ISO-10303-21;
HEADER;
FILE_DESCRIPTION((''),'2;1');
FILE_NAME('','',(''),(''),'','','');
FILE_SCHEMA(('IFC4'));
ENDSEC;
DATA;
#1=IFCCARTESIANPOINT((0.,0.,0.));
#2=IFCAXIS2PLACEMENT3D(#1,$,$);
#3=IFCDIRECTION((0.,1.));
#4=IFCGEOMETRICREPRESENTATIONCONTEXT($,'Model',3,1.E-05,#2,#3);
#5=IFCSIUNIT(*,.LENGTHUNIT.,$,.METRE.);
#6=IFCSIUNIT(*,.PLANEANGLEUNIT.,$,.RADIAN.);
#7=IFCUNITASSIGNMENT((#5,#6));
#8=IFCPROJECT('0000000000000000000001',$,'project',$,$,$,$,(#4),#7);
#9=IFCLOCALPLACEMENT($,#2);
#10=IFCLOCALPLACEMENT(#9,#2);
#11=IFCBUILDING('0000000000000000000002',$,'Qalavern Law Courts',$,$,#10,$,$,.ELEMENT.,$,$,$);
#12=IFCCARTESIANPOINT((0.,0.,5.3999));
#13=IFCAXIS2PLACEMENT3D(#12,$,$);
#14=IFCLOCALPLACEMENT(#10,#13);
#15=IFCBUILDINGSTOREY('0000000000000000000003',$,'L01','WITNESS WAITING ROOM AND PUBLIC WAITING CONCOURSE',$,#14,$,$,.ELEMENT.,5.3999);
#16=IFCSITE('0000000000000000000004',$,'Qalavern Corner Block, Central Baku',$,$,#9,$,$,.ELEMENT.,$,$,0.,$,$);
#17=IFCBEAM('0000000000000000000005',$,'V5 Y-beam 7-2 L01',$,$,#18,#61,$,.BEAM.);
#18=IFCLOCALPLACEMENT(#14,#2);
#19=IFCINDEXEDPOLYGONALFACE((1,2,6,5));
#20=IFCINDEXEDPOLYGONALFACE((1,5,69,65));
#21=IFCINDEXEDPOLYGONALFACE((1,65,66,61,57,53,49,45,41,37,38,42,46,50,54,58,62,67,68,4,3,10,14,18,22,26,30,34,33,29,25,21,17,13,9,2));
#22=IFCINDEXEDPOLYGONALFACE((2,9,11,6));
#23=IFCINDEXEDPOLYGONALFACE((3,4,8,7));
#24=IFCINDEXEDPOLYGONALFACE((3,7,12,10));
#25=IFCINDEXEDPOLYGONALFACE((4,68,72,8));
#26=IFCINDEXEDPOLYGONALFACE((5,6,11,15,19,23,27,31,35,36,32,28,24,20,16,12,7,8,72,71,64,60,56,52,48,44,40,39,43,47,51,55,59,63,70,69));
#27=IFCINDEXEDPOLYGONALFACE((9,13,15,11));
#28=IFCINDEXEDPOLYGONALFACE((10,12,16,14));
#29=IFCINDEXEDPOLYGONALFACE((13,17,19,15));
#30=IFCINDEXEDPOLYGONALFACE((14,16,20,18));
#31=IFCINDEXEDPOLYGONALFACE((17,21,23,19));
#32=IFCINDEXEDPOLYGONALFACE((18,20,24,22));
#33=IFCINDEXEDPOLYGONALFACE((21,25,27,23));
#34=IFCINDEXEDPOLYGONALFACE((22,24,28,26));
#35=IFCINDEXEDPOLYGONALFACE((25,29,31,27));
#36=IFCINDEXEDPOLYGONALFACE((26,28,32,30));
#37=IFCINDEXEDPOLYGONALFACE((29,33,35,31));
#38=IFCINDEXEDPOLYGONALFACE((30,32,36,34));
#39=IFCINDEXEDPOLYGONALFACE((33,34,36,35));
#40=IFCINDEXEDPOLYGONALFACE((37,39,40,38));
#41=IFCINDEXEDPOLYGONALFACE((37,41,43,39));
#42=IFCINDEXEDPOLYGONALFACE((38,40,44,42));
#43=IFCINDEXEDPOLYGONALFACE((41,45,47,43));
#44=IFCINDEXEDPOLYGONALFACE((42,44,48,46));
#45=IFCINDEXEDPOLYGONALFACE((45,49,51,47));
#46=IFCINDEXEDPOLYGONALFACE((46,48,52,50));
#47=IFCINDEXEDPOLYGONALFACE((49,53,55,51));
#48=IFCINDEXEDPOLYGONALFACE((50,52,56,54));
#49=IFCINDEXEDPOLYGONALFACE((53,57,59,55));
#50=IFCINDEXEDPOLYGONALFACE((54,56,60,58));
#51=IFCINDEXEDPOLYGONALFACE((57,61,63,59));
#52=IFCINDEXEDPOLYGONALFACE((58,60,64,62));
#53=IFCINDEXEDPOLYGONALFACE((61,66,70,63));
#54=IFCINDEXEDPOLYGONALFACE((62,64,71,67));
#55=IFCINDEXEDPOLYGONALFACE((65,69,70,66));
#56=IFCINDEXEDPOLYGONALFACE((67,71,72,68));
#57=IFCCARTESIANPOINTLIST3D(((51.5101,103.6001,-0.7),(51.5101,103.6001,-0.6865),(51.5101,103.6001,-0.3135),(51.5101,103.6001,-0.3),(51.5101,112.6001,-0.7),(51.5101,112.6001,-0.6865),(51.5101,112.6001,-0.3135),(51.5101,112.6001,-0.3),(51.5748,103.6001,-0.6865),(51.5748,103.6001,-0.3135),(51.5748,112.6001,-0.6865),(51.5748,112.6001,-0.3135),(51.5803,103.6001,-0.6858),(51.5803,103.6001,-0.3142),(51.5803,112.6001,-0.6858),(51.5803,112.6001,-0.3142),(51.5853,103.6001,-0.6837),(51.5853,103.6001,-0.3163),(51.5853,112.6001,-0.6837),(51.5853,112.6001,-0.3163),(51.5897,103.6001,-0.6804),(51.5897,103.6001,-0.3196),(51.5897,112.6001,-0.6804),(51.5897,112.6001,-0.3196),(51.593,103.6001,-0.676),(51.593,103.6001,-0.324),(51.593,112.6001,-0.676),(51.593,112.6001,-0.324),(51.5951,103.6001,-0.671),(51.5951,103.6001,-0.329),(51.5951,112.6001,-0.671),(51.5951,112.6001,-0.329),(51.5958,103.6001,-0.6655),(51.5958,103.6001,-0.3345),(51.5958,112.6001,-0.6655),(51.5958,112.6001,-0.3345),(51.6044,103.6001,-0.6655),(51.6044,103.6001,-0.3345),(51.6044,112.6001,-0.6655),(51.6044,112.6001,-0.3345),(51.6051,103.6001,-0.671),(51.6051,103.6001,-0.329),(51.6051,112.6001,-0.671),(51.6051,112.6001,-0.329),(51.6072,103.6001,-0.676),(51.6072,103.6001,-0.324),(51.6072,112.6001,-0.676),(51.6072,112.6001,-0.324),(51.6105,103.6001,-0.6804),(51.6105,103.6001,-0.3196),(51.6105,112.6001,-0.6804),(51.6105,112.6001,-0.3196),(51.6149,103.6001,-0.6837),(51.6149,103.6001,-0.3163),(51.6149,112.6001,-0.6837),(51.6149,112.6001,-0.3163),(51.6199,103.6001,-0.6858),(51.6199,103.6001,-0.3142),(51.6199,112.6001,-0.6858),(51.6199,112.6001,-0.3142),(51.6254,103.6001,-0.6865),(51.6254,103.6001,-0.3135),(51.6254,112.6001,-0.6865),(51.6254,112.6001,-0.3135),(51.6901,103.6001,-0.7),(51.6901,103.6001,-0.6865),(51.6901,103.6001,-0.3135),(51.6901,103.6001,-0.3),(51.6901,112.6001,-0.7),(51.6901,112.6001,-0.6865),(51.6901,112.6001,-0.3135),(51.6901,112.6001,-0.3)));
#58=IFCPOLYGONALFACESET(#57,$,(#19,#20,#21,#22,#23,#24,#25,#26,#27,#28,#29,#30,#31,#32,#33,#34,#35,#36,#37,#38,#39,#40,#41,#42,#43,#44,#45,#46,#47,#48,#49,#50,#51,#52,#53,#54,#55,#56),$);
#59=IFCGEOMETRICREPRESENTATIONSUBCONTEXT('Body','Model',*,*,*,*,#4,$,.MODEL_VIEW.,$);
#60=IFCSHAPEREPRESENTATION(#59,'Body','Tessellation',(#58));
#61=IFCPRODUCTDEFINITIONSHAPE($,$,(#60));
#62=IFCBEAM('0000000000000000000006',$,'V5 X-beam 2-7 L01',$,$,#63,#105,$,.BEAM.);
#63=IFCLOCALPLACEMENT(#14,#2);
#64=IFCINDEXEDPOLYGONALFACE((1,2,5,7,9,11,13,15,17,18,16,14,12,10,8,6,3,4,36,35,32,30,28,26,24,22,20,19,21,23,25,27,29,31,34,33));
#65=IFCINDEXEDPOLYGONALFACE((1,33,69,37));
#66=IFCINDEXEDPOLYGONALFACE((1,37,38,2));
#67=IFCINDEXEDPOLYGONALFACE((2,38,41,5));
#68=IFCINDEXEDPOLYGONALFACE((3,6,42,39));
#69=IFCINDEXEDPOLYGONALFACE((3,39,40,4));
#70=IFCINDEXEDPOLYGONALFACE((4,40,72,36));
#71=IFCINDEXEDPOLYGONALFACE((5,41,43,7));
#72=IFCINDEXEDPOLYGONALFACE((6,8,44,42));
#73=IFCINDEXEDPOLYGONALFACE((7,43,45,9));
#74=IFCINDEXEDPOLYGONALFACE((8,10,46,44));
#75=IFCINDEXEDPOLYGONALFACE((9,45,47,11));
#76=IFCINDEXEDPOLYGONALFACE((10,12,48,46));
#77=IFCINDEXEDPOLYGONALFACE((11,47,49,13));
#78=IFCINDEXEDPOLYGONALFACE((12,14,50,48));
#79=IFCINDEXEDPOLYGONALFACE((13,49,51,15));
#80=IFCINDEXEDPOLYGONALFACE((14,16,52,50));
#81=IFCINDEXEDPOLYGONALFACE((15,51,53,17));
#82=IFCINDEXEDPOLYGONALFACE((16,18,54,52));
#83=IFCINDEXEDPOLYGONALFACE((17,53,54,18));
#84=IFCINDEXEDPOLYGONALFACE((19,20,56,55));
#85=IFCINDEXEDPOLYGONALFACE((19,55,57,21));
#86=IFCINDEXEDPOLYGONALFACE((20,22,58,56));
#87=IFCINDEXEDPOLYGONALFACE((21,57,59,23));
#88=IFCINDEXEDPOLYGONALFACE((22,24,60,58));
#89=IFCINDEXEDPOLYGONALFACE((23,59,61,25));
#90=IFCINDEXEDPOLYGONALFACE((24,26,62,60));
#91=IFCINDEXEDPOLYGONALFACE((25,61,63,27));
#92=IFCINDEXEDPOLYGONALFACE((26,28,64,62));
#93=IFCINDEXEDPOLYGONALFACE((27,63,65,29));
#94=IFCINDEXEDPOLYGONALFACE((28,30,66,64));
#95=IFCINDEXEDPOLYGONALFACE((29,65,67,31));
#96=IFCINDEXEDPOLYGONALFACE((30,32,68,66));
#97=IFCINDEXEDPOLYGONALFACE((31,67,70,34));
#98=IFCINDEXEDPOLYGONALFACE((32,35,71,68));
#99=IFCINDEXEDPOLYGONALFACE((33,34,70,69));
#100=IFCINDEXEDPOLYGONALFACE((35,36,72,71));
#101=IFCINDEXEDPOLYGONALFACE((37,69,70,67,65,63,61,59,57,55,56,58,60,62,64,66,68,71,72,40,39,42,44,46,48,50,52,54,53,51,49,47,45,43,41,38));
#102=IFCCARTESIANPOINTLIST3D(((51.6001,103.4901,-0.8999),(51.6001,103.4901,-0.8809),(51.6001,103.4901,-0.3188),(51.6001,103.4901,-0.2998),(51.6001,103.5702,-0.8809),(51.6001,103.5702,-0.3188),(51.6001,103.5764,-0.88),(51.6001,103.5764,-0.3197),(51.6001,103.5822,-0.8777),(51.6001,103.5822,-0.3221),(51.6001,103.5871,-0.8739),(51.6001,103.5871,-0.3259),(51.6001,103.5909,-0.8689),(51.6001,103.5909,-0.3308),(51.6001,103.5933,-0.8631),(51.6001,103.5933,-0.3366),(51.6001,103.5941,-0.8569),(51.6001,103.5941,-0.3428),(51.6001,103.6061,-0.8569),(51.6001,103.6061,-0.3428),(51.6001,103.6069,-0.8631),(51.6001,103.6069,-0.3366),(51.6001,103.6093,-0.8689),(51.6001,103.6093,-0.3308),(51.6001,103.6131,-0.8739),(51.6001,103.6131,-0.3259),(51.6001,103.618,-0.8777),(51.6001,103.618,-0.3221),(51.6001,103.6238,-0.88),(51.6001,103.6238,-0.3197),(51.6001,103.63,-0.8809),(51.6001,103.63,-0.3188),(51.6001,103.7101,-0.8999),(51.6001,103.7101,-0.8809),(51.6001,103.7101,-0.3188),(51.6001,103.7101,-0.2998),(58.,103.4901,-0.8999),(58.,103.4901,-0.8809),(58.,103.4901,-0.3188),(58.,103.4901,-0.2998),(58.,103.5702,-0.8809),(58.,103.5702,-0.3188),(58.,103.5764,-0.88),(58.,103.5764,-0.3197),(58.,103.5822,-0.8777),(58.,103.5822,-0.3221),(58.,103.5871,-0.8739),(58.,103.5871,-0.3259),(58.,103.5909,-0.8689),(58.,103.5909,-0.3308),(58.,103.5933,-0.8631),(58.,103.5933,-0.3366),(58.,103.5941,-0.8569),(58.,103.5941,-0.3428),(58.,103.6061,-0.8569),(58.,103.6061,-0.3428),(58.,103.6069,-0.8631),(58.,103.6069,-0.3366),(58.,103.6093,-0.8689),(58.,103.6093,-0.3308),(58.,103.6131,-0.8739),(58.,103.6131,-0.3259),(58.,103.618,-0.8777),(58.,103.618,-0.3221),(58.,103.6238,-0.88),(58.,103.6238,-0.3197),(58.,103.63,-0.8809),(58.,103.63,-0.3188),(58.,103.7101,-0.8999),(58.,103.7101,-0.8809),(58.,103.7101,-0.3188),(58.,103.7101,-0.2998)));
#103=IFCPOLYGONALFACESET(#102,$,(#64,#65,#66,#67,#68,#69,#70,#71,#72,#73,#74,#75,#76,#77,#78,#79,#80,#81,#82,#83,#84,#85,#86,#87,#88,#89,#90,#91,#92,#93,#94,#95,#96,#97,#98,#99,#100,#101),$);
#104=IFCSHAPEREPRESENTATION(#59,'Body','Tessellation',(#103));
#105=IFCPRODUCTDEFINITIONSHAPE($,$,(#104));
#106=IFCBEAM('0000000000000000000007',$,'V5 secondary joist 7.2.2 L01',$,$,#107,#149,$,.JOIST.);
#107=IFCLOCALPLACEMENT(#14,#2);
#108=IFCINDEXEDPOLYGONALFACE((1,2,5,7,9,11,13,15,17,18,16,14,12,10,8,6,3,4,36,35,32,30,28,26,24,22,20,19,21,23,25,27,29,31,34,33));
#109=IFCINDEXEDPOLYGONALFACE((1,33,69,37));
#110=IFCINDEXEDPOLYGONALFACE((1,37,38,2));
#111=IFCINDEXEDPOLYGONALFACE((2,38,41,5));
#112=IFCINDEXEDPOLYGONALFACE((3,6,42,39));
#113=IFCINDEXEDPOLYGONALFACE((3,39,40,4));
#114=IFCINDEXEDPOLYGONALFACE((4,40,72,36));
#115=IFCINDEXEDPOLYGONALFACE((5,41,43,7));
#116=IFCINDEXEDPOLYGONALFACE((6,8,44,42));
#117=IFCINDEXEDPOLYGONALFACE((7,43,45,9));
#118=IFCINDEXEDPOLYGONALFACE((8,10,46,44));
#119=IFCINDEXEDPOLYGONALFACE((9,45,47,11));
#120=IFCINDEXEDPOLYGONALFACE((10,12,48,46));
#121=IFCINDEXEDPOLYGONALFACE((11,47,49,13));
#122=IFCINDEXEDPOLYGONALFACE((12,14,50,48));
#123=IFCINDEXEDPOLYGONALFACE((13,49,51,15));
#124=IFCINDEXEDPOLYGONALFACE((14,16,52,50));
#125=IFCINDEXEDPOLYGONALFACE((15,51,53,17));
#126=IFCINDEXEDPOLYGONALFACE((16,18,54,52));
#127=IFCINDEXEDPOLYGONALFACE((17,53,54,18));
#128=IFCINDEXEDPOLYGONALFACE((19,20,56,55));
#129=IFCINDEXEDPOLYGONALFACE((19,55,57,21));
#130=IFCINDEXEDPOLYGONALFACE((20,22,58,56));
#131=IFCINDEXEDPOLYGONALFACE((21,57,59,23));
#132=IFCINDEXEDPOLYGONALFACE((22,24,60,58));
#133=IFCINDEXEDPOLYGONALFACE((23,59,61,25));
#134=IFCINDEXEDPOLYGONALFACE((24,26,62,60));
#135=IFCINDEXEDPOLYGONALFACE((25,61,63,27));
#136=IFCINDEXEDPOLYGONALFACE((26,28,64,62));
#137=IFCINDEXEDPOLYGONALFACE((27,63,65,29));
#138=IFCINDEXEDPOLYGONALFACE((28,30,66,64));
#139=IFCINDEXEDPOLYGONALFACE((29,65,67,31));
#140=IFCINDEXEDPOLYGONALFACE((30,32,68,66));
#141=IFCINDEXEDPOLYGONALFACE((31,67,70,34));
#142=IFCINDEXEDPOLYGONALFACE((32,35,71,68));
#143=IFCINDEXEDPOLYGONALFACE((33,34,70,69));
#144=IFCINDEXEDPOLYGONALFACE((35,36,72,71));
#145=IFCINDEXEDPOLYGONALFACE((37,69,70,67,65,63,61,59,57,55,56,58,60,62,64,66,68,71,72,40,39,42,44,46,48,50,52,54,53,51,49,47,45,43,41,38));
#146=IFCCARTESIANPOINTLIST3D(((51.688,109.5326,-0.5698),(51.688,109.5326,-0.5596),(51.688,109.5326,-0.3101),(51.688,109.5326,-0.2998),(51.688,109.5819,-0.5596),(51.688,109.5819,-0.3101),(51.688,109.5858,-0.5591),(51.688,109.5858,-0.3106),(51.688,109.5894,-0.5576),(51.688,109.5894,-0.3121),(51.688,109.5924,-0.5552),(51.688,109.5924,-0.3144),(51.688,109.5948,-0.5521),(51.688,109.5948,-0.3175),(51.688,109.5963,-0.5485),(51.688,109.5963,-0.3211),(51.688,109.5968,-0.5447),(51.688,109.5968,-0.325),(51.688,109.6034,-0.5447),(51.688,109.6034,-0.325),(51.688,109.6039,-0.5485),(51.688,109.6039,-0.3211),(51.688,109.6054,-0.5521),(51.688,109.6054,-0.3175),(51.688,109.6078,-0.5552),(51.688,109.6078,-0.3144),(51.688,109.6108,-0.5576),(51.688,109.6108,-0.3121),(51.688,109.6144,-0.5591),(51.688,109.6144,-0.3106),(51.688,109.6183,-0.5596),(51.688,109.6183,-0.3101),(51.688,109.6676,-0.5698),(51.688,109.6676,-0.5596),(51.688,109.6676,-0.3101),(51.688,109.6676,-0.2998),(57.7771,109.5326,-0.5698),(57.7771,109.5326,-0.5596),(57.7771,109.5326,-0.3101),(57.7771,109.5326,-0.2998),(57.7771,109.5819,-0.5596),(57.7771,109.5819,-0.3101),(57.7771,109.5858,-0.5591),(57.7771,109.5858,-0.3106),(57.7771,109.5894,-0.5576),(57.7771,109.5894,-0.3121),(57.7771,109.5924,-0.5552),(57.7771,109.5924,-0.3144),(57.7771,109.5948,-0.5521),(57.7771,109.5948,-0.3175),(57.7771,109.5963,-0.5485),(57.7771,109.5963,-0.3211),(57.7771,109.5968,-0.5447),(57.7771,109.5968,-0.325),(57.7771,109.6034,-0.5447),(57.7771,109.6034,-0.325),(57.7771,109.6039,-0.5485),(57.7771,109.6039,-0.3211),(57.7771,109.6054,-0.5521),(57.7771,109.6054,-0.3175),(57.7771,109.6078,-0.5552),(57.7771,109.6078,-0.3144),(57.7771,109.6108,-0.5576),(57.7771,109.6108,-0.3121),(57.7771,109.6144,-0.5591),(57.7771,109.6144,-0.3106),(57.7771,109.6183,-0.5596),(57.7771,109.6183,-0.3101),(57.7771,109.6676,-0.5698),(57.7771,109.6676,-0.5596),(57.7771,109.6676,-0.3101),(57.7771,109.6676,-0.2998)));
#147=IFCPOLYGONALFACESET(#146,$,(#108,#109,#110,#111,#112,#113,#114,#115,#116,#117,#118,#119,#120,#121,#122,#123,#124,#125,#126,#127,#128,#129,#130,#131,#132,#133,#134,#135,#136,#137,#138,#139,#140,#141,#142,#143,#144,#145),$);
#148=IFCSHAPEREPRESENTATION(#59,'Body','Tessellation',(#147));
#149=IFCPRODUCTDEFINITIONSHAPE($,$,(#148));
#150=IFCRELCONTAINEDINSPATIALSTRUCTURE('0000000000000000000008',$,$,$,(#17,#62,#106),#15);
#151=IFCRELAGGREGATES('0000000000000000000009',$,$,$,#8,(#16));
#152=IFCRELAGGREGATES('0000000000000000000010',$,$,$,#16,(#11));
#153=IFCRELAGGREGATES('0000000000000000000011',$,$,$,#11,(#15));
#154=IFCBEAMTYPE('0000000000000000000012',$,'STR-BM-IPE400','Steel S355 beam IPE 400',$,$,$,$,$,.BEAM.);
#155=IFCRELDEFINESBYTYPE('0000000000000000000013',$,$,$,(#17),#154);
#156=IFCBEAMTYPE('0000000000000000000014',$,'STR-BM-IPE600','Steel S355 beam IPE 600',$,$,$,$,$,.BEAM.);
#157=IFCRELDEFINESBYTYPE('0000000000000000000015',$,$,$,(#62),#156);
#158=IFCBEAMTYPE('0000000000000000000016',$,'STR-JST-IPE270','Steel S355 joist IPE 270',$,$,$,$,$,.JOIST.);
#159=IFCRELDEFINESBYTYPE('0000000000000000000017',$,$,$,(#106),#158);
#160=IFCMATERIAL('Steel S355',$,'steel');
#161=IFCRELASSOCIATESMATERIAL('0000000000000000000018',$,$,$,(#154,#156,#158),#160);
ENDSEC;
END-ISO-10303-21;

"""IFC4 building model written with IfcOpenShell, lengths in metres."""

from ifc_helpers import new_model, si_unit, direction, frame, origin, origin_2d, place, context, subcontext, project, spatial, i_section, extrude, material, material_profile, profile_set, type_object, element, save


model = new_model("IFC4")

# Units and contexts
model_context = context("Model", 3, precision=1e-05, world=origin(), true_north=direction((0.0, 1.0)))
body_context = subcontext(model_context, "Body", "Model", "MODEL_VIEW")
ifc_project = project(units=[si_unit("LENGTHUNIT", "METRE"), si_unit("PLANEANGLEUNIT", "RADIAN")], contexts=[model_context])

# Site, building, storey
site_placement = place(None, origin())
site = spatial("IfcSite", under=ifc_project, at=site_placement, Name="Qalavern Corner Block, Central Baku", CompositionType="ELEMENT", RefElevation=0.0)
building_placement = place(site_placement, origin())
building = spatial("IfcBuilding", under=site, at=building_placement, Name="Qalavern Law Courts", CompositionType="ELEMENT")
storey_placement = place(building_placement, frame((0.0, 0.0, 5.3999)))
storey = spatial("IfcBuildingStorey", under=building, at=storey_placement, Name="L01", Description="WITNESS WAITING ROOM AND PUBLIC WAITING CONCOURSE", CompositionType="ELEMENT", Elevation=5.3999)

# Beams
ifc_material_1 = material(Name="Steel S355", Category="steel")
ifc_material_profile_1 = material_profile(ifc_material_1, i_section(OverallWidth=0.1799, OverallDepth=0.3999, WebThickness=0.0085, FlangeThickness=0.0134, FilletRadius=0.021, at=origin_2d()), Name="IPE 400")
ifc_profile_set_1 = profile_set([ifc_material_profile_1], Name="Steel S355")
beam_type_1 = type_object("IfcBeamType", Name="STR-BM-IPE400", Description="Steel S355 beam IPE 400", PredefinedType="BEAM", material=ifc_profile_set_1)
beam_1_placement = place(storey_placement, frame((51.6001, 103.6001, -0.5), z_axis=(0.0, 1.0, 0.0), x_axis=(-1.0, 0.0, 0.0)))
element("IfcBeam", 1, at=beam_1_placement, inside=storey, type_object=beam_type_1, Name="V5 Y-beam 7-2 L01", PredefinedType="BEAM", context=body_context, shape_type="SweptSolid", body=[
    extrude(i_section(OverallWidth=0.1799, OverallDepth=0.3999, WebThickness=0.0085, FlangeThickness=0.0134, FilletRadius=0.021, at=origin_2d()), origin(), (0.0, 0.0, 1.0), 9.0),
])
ifc_material_profile_2 = material_profile(ifc_material_1, i_section(OverallWidth=0.22, OverallDepth=0.6001, WebThickness=0.012, FlangeThickness=0.019, FilletRadius=0.0239, at=origin_2d()), Name="IPE 600")
ifc_profile_set_2 = profile_set([ifc_material_profile_2], Name="Steel S355")
beam_type_2 = type_object("IfcBeamType", Name="STR-BM-IPE600", Description="Steel S355 beam IPE 600", PredefinedType="BEAM", material=ifc_profile_set_2)
beam_2_placement = place(storey_placement, frame((51.6001, 103.6001, -0.5999), z_axis=(1.0, 0.0, 0.0), x_axis=(0.0, 1.0, 0.0)))
element("IfcBeam", 2, at=beam_2_placement, inside=storey, type_object=beam_type_2, Name="V5 X-beam 2-7 L01", PredefinedType="BEAM", context=body_context, shape_type="SweptSolid", body=[
    extrude(i_section(OverallWidth=0.22, OverallDepth=0.6001, WebThickness=0.012, FlangeThickness=0.019, FilletRadius=0.0239, at=origin_2d()), origin(), (0.0, 0.0, 1.0), 6.3999),
])
ifc_material_profile_3 = material_profile(ifc_material_1, i_section(OverallWidth=0.135, OverallDepth=0.27, WebThickness=0.0066, FlangeThickness=0.0103, FilletRadius=0.0149, at=origin_2d()), Name="IPE 270")
ifc_profile_set_3 = profile_set([ifc_material_profile_3], Name="Steel S355")
beam_type_3 = type_object("IfcBeamType", Name="STR-JST-IPE270", Description="Steel S355 joist IPE 270", PredefinedType="JOIST", material=ifc_profile_set_3)
beam_3_placement = place(storey_placement, frame((51.688, 109.6001, -0.4348), z_axis=(1.0, 0.0, 0.0), x_axis=(0.0, 1.0, 0.0)))
element("IfcBeam", 3, at=beam_3_placement, inside=storey, type_object=beam_type_3, Name="V5 secondary joist 7.2.2 L01", PredefinedType="JOIST", context=body_context, shape_type="SweptSolid", body=[
    extrude(i_section(OverallWidth=0.135, OverallDepth=0.27, WebThickness=0.0066, FlangeThickness=0.0103, FilletRadius=0.0149, at=origin_2d()), origin(), (0.0, 0.0, 1.0), 6.0891),
])

save(model, "model.ifc")
